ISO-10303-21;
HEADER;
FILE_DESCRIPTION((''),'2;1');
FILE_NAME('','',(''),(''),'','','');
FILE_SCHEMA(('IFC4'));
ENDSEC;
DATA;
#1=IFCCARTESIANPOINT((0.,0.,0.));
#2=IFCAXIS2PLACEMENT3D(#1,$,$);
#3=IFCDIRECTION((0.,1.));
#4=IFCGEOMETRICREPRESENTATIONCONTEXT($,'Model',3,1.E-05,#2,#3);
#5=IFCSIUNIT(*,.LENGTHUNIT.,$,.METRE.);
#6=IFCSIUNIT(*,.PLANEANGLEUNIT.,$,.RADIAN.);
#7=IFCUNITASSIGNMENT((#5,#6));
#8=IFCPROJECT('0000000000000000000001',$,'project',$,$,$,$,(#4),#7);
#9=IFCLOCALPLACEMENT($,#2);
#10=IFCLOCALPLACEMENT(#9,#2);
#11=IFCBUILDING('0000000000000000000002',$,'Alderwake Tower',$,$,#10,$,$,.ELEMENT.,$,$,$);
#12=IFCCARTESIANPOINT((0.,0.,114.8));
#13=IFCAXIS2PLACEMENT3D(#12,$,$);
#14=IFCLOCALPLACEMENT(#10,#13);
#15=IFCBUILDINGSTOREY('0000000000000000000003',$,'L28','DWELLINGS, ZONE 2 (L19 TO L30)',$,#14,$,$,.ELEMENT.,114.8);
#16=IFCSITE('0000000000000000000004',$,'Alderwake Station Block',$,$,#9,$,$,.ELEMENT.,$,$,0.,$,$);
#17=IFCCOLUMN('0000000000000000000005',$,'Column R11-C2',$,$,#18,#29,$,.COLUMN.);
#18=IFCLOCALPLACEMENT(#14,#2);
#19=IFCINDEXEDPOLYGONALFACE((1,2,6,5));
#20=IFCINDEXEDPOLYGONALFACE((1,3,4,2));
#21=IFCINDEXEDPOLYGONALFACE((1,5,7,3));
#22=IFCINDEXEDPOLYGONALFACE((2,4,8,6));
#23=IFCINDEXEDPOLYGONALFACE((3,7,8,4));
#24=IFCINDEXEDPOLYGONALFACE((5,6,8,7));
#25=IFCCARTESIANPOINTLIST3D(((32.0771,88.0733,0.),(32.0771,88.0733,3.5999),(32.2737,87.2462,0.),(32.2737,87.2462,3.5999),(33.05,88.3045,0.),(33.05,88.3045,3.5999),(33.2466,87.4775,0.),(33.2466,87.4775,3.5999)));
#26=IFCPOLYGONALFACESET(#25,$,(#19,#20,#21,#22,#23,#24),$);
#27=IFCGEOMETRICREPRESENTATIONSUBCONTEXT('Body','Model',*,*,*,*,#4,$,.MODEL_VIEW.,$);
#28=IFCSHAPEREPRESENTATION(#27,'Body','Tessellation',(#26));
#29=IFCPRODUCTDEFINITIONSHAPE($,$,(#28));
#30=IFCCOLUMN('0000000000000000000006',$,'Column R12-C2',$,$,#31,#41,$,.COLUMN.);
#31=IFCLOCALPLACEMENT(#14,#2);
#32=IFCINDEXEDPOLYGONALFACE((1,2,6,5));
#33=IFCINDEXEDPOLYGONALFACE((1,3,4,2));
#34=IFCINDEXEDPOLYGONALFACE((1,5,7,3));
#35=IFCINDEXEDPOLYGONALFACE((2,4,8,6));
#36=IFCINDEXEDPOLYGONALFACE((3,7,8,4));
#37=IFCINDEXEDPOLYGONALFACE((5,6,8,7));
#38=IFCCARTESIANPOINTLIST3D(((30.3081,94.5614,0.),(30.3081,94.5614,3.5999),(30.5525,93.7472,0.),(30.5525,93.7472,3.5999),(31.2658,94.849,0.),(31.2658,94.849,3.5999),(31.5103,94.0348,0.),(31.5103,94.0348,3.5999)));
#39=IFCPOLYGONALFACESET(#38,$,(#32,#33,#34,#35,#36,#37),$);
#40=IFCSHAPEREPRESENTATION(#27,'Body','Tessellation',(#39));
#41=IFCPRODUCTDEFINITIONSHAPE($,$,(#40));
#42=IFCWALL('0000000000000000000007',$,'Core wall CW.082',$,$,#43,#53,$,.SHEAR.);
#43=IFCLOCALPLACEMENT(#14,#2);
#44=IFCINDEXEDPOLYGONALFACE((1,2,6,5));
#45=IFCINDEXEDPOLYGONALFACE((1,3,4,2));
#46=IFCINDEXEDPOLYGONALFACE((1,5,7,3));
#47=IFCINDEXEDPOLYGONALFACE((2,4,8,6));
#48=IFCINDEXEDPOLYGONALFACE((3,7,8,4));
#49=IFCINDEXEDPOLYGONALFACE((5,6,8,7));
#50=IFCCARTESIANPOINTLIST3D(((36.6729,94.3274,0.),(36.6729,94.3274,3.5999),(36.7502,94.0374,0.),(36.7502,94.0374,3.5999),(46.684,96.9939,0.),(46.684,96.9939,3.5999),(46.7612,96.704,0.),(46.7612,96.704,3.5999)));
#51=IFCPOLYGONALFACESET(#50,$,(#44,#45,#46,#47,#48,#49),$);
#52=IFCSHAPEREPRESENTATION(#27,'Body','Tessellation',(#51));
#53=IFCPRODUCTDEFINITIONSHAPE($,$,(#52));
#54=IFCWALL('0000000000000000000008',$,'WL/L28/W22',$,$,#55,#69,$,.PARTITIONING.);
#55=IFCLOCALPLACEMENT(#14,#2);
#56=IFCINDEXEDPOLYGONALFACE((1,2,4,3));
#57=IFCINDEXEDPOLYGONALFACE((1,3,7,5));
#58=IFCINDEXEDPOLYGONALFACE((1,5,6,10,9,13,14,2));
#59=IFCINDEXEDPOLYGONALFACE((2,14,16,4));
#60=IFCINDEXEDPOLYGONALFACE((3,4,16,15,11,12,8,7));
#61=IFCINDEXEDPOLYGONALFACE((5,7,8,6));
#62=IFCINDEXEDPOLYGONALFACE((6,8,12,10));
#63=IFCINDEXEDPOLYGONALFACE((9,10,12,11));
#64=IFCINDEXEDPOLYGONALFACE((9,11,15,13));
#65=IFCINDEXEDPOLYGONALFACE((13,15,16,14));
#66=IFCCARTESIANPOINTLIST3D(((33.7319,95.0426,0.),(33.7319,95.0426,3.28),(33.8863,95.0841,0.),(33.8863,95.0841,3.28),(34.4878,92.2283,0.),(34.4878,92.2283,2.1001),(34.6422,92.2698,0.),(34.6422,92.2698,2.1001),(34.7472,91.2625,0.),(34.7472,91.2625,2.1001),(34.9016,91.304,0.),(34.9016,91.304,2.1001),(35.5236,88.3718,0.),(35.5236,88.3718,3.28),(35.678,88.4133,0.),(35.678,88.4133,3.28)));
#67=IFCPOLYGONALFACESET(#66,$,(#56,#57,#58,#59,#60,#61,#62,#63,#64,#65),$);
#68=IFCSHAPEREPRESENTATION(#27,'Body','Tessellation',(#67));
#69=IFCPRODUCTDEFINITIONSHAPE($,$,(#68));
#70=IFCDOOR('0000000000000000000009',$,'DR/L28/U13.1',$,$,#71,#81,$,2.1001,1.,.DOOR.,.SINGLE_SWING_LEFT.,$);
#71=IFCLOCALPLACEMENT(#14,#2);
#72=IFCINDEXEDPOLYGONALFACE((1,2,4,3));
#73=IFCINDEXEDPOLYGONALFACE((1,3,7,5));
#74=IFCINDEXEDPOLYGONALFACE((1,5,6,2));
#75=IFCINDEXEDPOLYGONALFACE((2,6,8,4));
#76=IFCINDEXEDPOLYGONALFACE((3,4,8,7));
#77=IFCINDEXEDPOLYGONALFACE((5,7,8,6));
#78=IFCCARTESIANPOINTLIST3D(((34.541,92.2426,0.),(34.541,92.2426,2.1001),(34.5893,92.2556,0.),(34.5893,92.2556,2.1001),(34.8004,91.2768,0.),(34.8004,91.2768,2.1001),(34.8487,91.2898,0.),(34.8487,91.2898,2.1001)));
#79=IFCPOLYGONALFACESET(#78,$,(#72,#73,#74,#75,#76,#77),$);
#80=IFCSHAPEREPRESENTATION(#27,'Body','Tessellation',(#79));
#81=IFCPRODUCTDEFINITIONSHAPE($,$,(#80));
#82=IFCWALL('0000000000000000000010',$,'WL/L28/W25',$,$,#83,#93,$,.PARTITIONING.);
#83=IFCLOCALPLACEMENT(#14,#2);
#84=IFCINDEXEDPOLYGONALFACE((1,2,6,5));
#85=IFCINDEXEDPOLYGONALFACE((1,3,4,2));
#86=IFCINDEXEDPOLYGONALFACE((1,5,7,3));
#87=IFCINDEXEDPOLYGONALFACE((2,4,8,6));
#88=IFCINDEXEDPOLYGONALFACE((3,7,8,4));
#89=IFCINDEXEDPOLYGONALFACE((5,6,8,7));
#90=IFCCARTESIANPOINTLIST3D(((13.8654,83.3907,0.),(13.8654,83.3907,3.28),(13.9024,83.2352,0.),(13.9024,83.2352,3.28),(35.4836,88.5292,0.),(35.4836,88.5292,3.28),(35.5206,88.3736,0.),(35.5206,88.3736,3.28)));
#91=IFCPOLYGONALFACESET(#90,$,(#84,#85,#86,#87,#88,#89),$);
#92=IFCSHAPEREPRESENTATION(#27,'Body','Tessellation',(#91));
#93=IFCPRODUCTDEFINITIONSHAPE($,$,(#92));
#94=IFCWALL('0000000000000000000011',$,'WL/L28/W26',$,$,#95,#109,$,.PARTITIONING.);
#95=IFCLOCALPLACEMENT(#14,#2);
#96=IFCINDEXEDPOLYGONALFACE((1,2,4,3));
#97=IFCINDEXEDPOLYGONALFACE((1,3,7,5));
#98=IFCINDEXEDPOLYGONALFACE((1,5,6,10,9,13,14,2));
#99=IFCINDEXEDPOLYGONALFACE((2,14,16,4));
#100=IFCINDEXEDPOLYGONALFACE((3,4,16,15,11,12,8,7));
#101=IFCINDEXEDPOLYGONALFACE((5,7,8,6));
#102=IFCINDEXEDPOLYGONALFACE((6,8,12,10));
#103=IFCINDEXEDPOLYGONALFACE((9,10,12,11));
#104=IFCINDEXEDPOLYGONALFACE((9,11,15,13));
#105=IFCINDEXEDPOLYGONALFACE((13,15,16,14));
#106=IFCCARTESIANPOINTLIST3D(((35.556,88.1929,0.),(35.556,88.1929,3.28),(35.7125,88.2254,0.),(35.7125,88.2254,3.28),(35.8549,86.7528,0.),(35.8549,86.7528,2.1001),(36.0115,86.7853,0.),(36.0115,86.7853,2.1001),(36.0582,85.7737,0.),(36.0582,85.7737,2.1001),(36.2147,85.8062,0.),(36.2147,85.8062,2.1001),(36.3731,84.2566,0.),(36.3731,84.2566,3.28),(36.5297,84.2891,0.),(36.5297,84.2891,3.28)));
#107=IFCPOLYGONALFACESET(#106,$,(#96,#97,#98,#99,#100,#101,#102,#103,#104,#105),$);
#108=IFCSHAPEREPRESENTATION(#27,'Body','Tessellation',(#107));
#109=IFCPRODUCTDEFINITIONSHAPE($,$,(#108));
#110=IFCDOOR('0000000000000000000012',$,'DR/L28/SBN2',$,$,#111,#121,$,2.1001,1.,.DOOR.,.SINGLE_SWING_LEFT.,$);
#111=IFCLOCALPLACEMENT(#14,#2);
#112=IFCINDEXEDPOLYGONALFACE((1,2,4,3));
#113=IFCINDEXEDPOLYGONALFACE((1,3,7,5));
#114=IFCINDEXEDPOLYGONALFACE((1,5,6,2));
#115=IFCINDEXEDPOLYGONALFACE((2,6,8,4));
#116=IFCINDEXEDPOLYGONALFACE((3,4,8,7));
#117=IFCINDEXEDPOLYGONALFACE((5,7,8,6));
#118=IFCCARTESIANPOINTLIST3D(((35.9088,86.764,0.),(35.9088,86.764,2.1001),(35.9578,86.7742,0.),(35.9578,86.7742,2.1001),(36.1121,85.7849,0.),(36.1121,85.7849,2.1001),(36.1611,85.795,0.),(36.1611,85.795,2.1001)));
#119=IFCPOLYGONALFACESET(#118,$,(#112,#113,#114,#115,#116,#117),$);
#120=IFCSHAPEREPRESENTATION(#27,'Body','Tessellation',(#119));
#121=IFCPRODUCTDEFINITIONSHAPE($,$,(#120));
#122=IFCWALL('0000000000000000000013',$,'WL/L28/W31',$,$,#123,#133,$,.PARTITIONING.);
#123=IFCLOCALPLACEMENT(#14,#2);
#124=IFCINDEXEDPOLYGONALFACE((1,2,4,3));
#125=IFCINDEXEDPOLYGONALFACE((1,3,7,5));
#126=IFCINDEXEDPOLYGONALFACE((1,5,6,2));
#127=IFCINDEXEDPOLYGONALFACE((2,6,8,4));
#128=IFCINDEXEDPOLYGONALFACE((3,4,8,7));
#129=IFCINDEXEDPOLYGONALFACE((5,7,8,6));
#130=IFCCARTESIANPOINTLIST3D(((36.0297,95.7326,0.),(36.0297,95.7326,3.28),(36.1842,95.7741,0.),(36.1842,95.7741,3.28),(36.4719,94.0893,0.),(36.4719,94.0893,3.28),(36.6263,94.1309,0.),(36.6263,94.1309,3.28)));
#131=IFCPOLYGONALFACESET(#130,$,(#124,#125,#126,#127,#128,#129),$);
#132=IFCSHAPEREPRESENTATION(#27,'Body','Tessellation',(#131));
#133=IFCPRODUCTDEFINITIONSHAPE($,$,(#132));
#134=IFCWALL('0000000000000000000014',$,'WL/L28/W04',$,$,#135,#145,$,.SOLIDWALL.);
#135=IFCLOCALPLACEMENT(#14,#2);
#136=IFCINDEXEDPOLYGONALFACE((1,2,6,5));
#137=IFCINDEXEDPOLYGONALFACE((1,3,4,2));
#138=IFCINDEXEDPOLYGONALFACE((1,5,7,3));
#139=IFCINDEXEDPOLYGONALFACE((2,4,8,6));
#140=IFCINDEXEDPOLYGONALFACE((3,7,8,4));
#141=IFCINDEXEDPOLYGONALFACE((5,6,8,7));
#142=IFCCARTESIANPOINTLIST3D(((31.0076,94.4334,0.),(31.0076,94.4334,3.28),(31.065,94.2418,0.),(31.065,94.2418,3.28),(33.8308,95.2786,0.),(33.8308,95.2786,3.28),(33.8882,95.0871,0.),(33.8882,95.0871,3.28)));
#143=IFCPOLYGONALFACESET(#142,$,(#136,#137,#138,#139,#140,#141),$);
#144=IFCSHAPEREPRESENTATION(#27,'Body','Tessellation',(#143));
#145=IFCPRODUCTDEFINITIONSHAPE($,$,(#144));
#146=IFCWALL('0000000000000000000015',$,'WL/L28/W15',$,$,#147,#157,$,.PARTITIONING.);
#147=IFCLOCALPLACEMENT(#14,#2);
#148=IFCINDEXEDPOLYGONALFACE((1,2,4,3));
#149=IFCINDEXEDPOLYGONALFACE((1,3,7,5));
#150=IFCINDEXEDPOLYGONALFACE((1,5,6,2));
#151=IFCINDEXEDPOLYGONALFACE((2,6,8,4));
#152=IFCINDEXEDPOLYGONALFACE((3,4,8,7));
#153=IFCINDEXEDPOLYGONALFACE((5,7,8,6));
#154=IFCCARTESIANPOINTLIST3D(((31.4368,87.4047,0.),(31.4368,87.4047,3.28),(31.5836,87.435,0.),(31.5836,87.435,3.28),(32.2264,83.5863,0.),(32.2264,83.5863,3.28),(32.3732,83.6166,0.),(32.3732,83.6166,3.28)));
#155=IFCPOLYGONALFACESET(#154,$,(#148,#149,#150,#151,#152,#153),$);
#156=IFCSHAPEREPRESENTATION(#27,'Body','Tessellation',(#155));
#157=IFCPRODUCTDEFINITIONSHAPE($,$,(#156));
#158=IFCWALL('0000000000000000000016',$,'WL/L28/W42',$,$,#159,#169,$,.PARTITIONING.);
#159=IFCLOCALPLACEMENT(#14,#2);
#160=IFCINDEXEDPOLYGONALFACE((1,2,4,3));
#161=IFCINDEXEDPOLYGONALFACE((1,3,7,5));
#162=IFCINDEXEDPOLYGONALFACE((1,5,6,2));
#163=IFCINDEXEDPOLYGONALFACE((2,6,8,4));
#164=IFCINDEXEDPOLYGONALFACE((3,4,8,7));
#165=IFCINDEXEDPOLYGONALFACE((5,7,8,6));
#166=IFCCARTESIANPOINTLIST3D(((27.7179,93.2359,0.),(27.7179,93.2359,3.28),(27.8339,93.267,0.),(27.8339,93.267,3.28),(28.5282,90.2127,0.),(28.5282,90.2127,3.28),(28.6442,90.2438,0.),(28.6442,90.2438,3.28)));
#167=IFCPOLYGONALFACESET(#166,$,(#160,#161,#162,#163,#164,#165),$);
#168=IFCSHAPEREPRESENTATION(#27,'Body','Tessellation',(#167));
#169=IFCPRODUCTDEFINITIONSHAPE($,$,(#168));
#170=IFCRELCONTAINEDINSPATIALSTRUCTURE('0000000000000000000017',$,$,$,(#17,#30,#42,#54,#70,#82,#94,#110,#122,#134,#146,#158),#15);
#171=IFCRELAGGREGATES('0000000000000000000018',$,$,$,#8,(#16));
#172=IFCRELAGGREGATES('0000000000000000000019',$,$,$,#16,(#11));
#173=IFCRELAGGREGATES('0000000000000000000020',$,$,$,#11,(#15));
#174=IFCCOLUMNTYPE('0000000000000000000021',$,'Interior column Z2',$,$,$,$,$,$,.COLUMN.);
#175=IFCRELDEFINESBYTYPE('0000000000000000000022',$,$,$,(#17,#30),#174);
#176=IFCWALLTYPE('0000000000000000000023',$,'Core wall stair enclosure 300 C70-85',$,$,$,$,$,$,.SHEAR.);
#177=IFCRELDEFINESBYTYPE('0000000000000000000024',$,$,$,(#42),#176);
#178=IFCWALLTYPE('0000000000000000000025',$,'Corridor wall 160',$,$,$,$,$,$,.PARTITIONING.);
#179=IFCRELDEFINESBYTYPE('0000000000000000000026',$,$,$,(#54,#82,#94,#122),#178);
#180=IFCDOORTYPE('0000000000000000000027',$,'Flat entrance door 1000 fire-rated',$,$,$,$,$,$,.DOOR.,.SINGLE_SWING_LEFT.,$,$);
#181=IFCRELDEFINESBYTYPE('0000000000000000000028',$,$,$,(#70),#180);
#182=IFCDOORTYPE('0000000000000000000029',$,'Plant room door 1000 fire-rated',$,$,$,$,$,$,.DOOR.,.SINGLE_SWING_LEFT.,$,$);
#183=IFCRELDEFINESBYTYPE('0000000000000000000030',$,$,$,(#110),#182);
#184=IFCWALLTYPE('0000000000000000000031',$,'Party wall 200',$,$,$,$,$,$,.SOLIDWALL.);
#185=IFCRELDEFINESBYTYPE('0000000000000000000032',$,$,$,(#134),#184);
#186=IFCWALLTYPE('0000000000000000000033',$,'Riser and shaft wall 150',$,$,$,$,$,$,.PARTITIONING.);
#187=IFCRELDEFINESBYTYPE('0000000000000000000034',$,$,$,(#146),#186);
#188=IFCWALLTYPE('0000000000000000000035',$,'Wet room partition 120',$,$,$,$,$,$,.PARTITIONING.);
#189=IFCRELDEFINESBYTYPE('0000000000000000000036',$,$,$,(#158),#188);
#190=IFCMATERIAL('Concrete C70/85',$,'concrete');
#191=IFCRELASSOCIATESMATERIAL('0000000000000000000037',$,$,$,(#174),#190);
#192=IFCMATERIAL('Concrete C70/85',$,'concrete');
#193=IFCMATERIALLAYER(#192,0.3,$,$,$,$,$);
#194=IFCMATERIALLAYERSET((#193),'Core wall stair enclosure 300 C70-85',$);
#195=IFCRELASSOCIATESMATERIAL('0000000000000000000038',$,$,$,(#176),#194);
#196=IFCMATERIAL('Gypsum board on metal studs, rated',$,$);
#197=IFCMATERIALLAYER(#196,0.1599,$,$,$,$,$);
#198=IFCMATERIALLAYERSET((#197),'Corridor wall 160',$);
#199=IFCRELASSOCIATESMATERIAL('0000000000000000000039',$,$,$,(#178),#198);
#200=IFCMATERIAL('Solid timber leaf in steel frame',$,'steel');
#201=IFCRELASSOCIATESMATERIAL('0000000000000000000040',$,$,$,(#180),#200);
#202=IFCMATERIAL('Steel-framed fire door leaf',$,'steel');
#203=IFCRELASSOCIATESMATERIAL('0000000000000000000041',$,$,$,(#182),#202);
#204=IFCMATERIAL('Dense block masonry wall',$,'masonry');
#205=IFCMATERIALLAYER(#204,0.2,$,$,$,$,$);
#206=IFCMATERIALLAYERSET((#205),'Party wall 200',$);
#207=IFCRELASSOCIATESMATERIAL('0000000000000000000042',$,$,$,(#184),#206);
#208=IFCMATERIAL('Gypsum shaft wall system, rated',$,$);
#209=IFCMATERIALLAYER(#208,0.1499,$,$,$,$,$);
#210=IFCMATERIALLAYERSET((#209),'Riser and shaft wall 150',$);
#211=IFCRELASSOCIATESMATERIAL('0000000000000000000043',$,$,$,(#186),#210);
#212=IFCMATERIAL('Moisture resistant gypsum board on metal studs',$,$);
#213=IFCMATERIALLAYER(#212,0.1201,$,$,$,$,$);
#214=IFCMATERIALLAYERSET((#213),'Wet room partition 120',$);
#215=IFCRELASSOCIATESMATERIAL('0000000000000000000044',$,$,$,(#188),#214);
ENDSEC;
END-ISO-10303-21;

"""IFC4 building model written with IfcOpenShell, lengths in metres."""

from ifc_helpers import new_model, si_unit, direction, frame, frame_2d, origin, origin_2d, place, context, subcontext, project, spatial, rectangle, extrude, material, layer, layer_set, material_profile, profile_set, type_object, element, fill, save


model = new_model("IFC4")

# Units and contexts
model_context = context("Model", 3, precision=1e-05, world=origin(), true_north=direction((0.0, 1.0)))
body_context = subcontext(model_context, "Body", "Model", "MODEL_VIEW")
ifc_project = project(units=[si_unit("LENGTHUNIT", "METRE"), si_unit("PLANEANGLEUNIT", "RADIAN")], contexts=[model_context])

# Site, building, storey
site_placement = place(None, origin())
site = spatial("IfcSite", under=ifc_project, at=site_placement, Name="Alderwake Station Block", CompositionType="ELEMENT", RefElevation=0.0)
building_placement = place(site_placement, origin())
building = spatial("IfcBuilding", under=site, at=building_placement, Name="Alderwake Tower", CompositionType="ELEMENT")
storey_placement = place(building_placement, frame((0.0, 0.0, 114.8)))
storey = spatial("IfcBuildingStorey", under=building, at=storey_placement, Name="L28", Description="DWELLINGS, ZONE 2 (L19 TO L30)", CompositionType="ELEMENT", Elevation=114.8)

# Columns
ifc_material_1 = material(Name="Concrete C70/85", Category="concrete")
ifc_material_profile = material_profile(ifc_material_1, rectangle(XDim=0.8501, YDim=1.0, at=origin_2d()), Name="RC 1000X850")
ifc_profile_set = profile_set([ifc_material_profile], Name="Concrete C70/85")
column_type = type_object("IfcColumnType", Name="Interior column Z2", PredefinedType="COLUMN", material=ifc_profile_set)
for number, where, z_axis, x_axis, name in (
    (1, (32.6619, 87.7754, 0.0), (0.0, 0.0, 1.0), (-0.231222, 0.972901, 0.0), "Column R11-C2"),
    (2, (30.9092, 94.2981, 0.0), (0.0, 0.0, 1.0), (-0.287549, 0.957766, 0.0), "Column R12-C2"),
):
    element("IfcColumn", number, at=place(storey_placement, frame(where, z_axis=z_axis, x_axis=x_axis)), inside=storey, type_object=column_type, Name=name, PredefinedType="COLUMN", context=body_context, shape_type="SweptSolid", body=[
        extrude(rectangle(XDim=0.8501, YDim=1.0, at=origin_2d()), origin(), (0.0, 0.0, 1.0), 3.5999),
    ])

# Wall
ifc_material_2 = material(Name="Concrete C70/85", Category="concrete")
ifc_layer_1 = layer(ifc_material_2, 0.3)
ifc_layer_set_1 = layer_set([ifc_layer_1], Name="Core wall stair enclosure 300 C70-85")
wall_type_1 = type_object("IfcWallType", Name="Core wall stair enclosure 300 C70-85", PredefinedType="SHEAR", material=ifc_layer_set_1)
wall_1_placement = place(storey_placement, frame((36.7114, 94.1824, 0.0), z_axis=(0.0, 0.0, 1.0), x_axis=(0.966309, 0.257384, 0.0)))
element("IfcWall", 3, at=wall_1_placement, inside=storey, type_object=wall_type_1, Name="Core wall CW.082", PredefinedType="SHEAR", context=body_context, shape_type="SweptSolid", body=[
    extrude(rectangle(XDim=10.3601, YDim=0.3, at=frame_2d((5.1802, 0.0))), origin(), (0.0, 0.0, 1.0), 3.5999),
])

# Wall, opening, door
ifc_material_3 = material(Name="Gypsum board on metal studs, rated")
ifc_layer_2 = layer(ifc_material_3, 0.1599)
ifc_layer_set_2 = layer_set([ifc_layer_2], Name="Corridor wall 160")
wall_type_2 = type_object("IfcWallType", Name="Corridor wall 160", PredefinedType="PARTITIONING", material=ifc_layer_set_2)
wall_2_placement = place(storey_placement, frame((35.6008, 88.3926, 0.0), z_axis=(0.0, 0.0, 1.0), x_axis=(-0.259398, 0.965771, 0.0)))
wall_2 = element("IfcWall", 4, at=wall_2_placement, inside=storey, type_object=wall_type_2, Name="WL/L28/W22", PredefinedType="PARTITIONING", context=body_context, shape_type="SweptSolid", body=[
    extrude(rectangle(XDim=6.9072, YDim=0.1599, at=frame_2d((3.4536, 0.0))), origin(), (0.0, 0.0, 1.0), 3.28),
])
opening_1_placement = place(wall_2_placement, frame((2.9932, 0.0, 0.0)))
opening_1 = element("IfcOpeningElement", 5, at=opening_1_placement, cuts=wall_2, PredefinedType="OPENING", context=body_context, shape_type="SweptSolid", body=[
    extrude(rectangle(XDim=1.0, YDim=2.1001, at=frame_2d((0.5, 1.05))), frame((0.0, 0.0898, 0.0), z_axis=(0.0, -1.0, 0.0), x_axis=(1.0, 0.0, 0.0)), (0.0, 0.0, 1.0), 0.1799),
])
ifc_material_4 = material(Name="Solid timber leaf in steel frame", Category="steel")
door_type_1 = type_object("IfcDoorType", Name="Flat entrance door 1000 fire-rated", OperationType="SINGLE_SWING_LEFT", PredefinedType="DOOR", material=ifc_material_4)
door_1_placement = place(opening_1_placement, origin())
door_1 = element("IfcDoor", 6, at=door_1_placement, inside=storey, type_object=door_type_1, Name="DR/L28/U13.1", OperationType="SINGLE_SWING_LEFT", OverallHeight=2.1001, OverallWidth=1.0, PredefinedType="DOOR", context=body_context, shape_type="SweptSolid", body=[
    extrude(rectangle(XDim=1.0, YDim=2.1001, at=frame_2d((0.5, 1.05))), frame((0.0, 0.0249, 0.0), z_axis=(0.0, -1.0, 0.0), x_axis=(1.0, 0.0, 0.0)), (0.0, 0.0, 1.0), 0.05),
])
fill(opening_1, door_1)

# Wall
wall_3_placement = place(storey_placement, frame((35.5022, 88.4514, 0.0), z_axis=(0.0, 0.0, 1.0), x_axis=(-0.972895, -0.231248, 0.0)))
element("IfcWall", 7, at=wall_3_placement, inside=storey, type_object=wall_type_2, Name="WL/L28/W25", PredefinedType="PARTITIONING", context=body_context, shape_type="SweptSolid", body=[
    extrude(rectangle(XDim=22.2205, YDim=0.1599, at=frame_2d((11.1104, 0.0))), origin(), (0.0, 0.0, 1.0), 3.28),
])

# Wall, opening, door
wall_4_placement = place(storey_placement, frame((36.4514, 84.2727, 0.0), z_axis=(0.0, 0.0, 1.0), x_axis=(-0.203258, 0.979125, 0.0)))
wall_4 = element("IfcWall", 8, at=wall_4_placement, inside=storey, type_object=wall_type_2, Name="WL/L28/W26", PredefinedType="PARTITIONING", context=body_context, shape_type="SweptSolid", body=[
    extrude(rectangle(XDim=4.0203, YDim=0.1599, at=frame_2d((2.0103, 0.0))), origin(), (0.0, 0.0, 1.0), 3.28),
])
opening_2_placement = place(wall_4_placement, frame((1.5496, 0.0, 0.0)))
opening_2 = element("IfcOpeningElement", 9, at=opening_2_placement, cuts=wall_4, PredefinedType="OPENING", context=body_context, shape_type="SweptSolid", body=[
    extrude(rectangle(XDim=1.0, YDim=2.1001, at=frame_2d((0.5, 1.05))), frame((0.0, 0.0898, 0.0), z_axis=(0.0, -1.0, 0.0), x_axis=(1.0, 0.0, 0.0)), (0.0, 0.0, 1.0), 0.1799),
])
ifc_material_5 = material(Name="Steel-framed fire door leaf", Category="steel")
door_type_2 = type_object("IfcDoorType", Name="Plant room door 1000 fire-rated", OperationType="SINGLE_SWING_LEFT", PredefinedType="DOOR", material=ifc_material_5)
door_2_placement = place(opening_2_placement, origin())
door_2 = element("IfcDoor", 10, at=door_2_placement, inside=storey, type_object=door_type_2, Name="DR/L28/SBN2", OperationType="SINGLE_SWING_LEFT", OverallHeight=2.1001, OverallWidth=1.0, PredefinedType="DOOR", context=body_context, shape_type="SweptSolid", body=[
    extrude(rectangle(XDim=1.0, YDim=2.1001, at=frame_2d((0.5, 1.05))), frame((0.0, 0.0249, 0.0), z_axis=(0.0, -1.0, 0.0), x_axis=(1.0, 0.0, 0.0)), (0.0, 0.0, 1.0), 0.05),
])
fill(opening_2, door_2)

# Walls
wall_5_placement = place(storey_placement, frame((36.5491, 94.1101, 0.0), z_axis=(0.0, 0.0, 1.0), x_axis=(-0.259814, 0.965659, 0.0)))
element("IfcWall", 11, at=wall_5_placement, inside=storey, type_object=wall_type_2, Name="WL/L28/W31", PredefinedType="PARTITIONING", context=body_context, shape_type="SweptSolid", body=[
    extrude(rectangle(XDim=1.7017, YDim=0.1599, at=frame_2d((0.8508, 0.0))), origin(), (0.0, 0.0, 1.0), 3.28),
])
ifc_material_6 = material(Name="Dense block masonry wall", Category="masonry")
ifc_layer_3 = layer(ifc_material_6, 0.2)
ifc_layer_set_3 = layer_set([ifc_layer_3], Name="Party wall 200")
wall_type_3 = type_object("IfcWallType", Name="Party wall 200", PredefinedType="SOLIDWALL", material=ifc_layer_set_3)
wall_6_placement = place(storey_placement, frame((33.8596, 95.1829, 0.0), z_axis=(0.0, 0.0, 1.0), x_axis=(-0.95799, -0.286801, 0.0)))
element("IfcWall", 12, at=wall_6_placement, inside=storey, type_object=wall_type_3, Name="WL/L28/W04", PredefinedType="SOLIDWALL", context=body_context, shape_type="SweptSolid", body=[
    extrude(rectangle(XDim=2.947, YDim=0.2, at=frame_2d((1.4736, 0.0))), origin(), (0.0, 0.0, 1.0), 3.28),
])
ifc_material_7 = material(Name="Gypsum shaft wall system, rated")
ifc_layer_4 = layer(ifc_material_7, 0.1499)
ifc_layer_set_4 = layer_set([ifc_layer_4], Name="Riser and shaft wall 150")
wall_type_4 = type_object("IfcWallType", Name="Riser and shaft wall 150", PredefinedType="PARTITIONING", material=ifc_layer_set_4)
wall_7_placement = place(storey_placement, frame((32.2998, 83.6013, 0.0), z_axis=(0.0, 0.0, 1.0), x_axis=(-0.202494, 0.979284, 0.0)))
element("IfcWall", 13, at=wall_7_placement, inside=storey, type_object=wall_type_4, Name="WL/L28/W15", PredefinedType="PARTITIONING", context=body_context, shape_type="SweptSolid", body=[
    extrude(rectangle(XDim=3.8992, YDim=0.1499, at=frame_2d((1.9497, 0.0))), origin(), (0.0, 0.0, 1.0), 3.28),
])
ifc_material_8 = material(Name="Moisture resistant gypsum board on metal studs")
ifc_layer_5 = layer(ifc_material_8, 0.1201)
ifc_layer_set_5 = layer_set([ifc_layer_5], Name="Wet room partition 120")
wall_type_5 = type_object("IfcWallType", Name="Wet room partition 120", PredefinedType="PARTITIONING", material=ifc_layer_set_5)
wall_8_placement = place(storey_placement, frame((27.7759, 93.2515, 0.0), z_axis=(0.0, 0.0, 1.0), x_axis=(0.258891, -0.965907, 0.0)))
element("IfcWall", 14, at=wall_8_placement, inside=storey, type_object=wall_type_5, Name="WL/L28/W42", PredefinedType="PARTITIONING", context=body_context, shape_type="SweptSolid", body=[
    extrude(rectangle(XDim=3.1299, YDim=0.1201, at=frame_2d((1.5649, 0.0))), origin(), (0.0, 0.0, 1.0), 3.28),
])

save(model, "model.ifc")
